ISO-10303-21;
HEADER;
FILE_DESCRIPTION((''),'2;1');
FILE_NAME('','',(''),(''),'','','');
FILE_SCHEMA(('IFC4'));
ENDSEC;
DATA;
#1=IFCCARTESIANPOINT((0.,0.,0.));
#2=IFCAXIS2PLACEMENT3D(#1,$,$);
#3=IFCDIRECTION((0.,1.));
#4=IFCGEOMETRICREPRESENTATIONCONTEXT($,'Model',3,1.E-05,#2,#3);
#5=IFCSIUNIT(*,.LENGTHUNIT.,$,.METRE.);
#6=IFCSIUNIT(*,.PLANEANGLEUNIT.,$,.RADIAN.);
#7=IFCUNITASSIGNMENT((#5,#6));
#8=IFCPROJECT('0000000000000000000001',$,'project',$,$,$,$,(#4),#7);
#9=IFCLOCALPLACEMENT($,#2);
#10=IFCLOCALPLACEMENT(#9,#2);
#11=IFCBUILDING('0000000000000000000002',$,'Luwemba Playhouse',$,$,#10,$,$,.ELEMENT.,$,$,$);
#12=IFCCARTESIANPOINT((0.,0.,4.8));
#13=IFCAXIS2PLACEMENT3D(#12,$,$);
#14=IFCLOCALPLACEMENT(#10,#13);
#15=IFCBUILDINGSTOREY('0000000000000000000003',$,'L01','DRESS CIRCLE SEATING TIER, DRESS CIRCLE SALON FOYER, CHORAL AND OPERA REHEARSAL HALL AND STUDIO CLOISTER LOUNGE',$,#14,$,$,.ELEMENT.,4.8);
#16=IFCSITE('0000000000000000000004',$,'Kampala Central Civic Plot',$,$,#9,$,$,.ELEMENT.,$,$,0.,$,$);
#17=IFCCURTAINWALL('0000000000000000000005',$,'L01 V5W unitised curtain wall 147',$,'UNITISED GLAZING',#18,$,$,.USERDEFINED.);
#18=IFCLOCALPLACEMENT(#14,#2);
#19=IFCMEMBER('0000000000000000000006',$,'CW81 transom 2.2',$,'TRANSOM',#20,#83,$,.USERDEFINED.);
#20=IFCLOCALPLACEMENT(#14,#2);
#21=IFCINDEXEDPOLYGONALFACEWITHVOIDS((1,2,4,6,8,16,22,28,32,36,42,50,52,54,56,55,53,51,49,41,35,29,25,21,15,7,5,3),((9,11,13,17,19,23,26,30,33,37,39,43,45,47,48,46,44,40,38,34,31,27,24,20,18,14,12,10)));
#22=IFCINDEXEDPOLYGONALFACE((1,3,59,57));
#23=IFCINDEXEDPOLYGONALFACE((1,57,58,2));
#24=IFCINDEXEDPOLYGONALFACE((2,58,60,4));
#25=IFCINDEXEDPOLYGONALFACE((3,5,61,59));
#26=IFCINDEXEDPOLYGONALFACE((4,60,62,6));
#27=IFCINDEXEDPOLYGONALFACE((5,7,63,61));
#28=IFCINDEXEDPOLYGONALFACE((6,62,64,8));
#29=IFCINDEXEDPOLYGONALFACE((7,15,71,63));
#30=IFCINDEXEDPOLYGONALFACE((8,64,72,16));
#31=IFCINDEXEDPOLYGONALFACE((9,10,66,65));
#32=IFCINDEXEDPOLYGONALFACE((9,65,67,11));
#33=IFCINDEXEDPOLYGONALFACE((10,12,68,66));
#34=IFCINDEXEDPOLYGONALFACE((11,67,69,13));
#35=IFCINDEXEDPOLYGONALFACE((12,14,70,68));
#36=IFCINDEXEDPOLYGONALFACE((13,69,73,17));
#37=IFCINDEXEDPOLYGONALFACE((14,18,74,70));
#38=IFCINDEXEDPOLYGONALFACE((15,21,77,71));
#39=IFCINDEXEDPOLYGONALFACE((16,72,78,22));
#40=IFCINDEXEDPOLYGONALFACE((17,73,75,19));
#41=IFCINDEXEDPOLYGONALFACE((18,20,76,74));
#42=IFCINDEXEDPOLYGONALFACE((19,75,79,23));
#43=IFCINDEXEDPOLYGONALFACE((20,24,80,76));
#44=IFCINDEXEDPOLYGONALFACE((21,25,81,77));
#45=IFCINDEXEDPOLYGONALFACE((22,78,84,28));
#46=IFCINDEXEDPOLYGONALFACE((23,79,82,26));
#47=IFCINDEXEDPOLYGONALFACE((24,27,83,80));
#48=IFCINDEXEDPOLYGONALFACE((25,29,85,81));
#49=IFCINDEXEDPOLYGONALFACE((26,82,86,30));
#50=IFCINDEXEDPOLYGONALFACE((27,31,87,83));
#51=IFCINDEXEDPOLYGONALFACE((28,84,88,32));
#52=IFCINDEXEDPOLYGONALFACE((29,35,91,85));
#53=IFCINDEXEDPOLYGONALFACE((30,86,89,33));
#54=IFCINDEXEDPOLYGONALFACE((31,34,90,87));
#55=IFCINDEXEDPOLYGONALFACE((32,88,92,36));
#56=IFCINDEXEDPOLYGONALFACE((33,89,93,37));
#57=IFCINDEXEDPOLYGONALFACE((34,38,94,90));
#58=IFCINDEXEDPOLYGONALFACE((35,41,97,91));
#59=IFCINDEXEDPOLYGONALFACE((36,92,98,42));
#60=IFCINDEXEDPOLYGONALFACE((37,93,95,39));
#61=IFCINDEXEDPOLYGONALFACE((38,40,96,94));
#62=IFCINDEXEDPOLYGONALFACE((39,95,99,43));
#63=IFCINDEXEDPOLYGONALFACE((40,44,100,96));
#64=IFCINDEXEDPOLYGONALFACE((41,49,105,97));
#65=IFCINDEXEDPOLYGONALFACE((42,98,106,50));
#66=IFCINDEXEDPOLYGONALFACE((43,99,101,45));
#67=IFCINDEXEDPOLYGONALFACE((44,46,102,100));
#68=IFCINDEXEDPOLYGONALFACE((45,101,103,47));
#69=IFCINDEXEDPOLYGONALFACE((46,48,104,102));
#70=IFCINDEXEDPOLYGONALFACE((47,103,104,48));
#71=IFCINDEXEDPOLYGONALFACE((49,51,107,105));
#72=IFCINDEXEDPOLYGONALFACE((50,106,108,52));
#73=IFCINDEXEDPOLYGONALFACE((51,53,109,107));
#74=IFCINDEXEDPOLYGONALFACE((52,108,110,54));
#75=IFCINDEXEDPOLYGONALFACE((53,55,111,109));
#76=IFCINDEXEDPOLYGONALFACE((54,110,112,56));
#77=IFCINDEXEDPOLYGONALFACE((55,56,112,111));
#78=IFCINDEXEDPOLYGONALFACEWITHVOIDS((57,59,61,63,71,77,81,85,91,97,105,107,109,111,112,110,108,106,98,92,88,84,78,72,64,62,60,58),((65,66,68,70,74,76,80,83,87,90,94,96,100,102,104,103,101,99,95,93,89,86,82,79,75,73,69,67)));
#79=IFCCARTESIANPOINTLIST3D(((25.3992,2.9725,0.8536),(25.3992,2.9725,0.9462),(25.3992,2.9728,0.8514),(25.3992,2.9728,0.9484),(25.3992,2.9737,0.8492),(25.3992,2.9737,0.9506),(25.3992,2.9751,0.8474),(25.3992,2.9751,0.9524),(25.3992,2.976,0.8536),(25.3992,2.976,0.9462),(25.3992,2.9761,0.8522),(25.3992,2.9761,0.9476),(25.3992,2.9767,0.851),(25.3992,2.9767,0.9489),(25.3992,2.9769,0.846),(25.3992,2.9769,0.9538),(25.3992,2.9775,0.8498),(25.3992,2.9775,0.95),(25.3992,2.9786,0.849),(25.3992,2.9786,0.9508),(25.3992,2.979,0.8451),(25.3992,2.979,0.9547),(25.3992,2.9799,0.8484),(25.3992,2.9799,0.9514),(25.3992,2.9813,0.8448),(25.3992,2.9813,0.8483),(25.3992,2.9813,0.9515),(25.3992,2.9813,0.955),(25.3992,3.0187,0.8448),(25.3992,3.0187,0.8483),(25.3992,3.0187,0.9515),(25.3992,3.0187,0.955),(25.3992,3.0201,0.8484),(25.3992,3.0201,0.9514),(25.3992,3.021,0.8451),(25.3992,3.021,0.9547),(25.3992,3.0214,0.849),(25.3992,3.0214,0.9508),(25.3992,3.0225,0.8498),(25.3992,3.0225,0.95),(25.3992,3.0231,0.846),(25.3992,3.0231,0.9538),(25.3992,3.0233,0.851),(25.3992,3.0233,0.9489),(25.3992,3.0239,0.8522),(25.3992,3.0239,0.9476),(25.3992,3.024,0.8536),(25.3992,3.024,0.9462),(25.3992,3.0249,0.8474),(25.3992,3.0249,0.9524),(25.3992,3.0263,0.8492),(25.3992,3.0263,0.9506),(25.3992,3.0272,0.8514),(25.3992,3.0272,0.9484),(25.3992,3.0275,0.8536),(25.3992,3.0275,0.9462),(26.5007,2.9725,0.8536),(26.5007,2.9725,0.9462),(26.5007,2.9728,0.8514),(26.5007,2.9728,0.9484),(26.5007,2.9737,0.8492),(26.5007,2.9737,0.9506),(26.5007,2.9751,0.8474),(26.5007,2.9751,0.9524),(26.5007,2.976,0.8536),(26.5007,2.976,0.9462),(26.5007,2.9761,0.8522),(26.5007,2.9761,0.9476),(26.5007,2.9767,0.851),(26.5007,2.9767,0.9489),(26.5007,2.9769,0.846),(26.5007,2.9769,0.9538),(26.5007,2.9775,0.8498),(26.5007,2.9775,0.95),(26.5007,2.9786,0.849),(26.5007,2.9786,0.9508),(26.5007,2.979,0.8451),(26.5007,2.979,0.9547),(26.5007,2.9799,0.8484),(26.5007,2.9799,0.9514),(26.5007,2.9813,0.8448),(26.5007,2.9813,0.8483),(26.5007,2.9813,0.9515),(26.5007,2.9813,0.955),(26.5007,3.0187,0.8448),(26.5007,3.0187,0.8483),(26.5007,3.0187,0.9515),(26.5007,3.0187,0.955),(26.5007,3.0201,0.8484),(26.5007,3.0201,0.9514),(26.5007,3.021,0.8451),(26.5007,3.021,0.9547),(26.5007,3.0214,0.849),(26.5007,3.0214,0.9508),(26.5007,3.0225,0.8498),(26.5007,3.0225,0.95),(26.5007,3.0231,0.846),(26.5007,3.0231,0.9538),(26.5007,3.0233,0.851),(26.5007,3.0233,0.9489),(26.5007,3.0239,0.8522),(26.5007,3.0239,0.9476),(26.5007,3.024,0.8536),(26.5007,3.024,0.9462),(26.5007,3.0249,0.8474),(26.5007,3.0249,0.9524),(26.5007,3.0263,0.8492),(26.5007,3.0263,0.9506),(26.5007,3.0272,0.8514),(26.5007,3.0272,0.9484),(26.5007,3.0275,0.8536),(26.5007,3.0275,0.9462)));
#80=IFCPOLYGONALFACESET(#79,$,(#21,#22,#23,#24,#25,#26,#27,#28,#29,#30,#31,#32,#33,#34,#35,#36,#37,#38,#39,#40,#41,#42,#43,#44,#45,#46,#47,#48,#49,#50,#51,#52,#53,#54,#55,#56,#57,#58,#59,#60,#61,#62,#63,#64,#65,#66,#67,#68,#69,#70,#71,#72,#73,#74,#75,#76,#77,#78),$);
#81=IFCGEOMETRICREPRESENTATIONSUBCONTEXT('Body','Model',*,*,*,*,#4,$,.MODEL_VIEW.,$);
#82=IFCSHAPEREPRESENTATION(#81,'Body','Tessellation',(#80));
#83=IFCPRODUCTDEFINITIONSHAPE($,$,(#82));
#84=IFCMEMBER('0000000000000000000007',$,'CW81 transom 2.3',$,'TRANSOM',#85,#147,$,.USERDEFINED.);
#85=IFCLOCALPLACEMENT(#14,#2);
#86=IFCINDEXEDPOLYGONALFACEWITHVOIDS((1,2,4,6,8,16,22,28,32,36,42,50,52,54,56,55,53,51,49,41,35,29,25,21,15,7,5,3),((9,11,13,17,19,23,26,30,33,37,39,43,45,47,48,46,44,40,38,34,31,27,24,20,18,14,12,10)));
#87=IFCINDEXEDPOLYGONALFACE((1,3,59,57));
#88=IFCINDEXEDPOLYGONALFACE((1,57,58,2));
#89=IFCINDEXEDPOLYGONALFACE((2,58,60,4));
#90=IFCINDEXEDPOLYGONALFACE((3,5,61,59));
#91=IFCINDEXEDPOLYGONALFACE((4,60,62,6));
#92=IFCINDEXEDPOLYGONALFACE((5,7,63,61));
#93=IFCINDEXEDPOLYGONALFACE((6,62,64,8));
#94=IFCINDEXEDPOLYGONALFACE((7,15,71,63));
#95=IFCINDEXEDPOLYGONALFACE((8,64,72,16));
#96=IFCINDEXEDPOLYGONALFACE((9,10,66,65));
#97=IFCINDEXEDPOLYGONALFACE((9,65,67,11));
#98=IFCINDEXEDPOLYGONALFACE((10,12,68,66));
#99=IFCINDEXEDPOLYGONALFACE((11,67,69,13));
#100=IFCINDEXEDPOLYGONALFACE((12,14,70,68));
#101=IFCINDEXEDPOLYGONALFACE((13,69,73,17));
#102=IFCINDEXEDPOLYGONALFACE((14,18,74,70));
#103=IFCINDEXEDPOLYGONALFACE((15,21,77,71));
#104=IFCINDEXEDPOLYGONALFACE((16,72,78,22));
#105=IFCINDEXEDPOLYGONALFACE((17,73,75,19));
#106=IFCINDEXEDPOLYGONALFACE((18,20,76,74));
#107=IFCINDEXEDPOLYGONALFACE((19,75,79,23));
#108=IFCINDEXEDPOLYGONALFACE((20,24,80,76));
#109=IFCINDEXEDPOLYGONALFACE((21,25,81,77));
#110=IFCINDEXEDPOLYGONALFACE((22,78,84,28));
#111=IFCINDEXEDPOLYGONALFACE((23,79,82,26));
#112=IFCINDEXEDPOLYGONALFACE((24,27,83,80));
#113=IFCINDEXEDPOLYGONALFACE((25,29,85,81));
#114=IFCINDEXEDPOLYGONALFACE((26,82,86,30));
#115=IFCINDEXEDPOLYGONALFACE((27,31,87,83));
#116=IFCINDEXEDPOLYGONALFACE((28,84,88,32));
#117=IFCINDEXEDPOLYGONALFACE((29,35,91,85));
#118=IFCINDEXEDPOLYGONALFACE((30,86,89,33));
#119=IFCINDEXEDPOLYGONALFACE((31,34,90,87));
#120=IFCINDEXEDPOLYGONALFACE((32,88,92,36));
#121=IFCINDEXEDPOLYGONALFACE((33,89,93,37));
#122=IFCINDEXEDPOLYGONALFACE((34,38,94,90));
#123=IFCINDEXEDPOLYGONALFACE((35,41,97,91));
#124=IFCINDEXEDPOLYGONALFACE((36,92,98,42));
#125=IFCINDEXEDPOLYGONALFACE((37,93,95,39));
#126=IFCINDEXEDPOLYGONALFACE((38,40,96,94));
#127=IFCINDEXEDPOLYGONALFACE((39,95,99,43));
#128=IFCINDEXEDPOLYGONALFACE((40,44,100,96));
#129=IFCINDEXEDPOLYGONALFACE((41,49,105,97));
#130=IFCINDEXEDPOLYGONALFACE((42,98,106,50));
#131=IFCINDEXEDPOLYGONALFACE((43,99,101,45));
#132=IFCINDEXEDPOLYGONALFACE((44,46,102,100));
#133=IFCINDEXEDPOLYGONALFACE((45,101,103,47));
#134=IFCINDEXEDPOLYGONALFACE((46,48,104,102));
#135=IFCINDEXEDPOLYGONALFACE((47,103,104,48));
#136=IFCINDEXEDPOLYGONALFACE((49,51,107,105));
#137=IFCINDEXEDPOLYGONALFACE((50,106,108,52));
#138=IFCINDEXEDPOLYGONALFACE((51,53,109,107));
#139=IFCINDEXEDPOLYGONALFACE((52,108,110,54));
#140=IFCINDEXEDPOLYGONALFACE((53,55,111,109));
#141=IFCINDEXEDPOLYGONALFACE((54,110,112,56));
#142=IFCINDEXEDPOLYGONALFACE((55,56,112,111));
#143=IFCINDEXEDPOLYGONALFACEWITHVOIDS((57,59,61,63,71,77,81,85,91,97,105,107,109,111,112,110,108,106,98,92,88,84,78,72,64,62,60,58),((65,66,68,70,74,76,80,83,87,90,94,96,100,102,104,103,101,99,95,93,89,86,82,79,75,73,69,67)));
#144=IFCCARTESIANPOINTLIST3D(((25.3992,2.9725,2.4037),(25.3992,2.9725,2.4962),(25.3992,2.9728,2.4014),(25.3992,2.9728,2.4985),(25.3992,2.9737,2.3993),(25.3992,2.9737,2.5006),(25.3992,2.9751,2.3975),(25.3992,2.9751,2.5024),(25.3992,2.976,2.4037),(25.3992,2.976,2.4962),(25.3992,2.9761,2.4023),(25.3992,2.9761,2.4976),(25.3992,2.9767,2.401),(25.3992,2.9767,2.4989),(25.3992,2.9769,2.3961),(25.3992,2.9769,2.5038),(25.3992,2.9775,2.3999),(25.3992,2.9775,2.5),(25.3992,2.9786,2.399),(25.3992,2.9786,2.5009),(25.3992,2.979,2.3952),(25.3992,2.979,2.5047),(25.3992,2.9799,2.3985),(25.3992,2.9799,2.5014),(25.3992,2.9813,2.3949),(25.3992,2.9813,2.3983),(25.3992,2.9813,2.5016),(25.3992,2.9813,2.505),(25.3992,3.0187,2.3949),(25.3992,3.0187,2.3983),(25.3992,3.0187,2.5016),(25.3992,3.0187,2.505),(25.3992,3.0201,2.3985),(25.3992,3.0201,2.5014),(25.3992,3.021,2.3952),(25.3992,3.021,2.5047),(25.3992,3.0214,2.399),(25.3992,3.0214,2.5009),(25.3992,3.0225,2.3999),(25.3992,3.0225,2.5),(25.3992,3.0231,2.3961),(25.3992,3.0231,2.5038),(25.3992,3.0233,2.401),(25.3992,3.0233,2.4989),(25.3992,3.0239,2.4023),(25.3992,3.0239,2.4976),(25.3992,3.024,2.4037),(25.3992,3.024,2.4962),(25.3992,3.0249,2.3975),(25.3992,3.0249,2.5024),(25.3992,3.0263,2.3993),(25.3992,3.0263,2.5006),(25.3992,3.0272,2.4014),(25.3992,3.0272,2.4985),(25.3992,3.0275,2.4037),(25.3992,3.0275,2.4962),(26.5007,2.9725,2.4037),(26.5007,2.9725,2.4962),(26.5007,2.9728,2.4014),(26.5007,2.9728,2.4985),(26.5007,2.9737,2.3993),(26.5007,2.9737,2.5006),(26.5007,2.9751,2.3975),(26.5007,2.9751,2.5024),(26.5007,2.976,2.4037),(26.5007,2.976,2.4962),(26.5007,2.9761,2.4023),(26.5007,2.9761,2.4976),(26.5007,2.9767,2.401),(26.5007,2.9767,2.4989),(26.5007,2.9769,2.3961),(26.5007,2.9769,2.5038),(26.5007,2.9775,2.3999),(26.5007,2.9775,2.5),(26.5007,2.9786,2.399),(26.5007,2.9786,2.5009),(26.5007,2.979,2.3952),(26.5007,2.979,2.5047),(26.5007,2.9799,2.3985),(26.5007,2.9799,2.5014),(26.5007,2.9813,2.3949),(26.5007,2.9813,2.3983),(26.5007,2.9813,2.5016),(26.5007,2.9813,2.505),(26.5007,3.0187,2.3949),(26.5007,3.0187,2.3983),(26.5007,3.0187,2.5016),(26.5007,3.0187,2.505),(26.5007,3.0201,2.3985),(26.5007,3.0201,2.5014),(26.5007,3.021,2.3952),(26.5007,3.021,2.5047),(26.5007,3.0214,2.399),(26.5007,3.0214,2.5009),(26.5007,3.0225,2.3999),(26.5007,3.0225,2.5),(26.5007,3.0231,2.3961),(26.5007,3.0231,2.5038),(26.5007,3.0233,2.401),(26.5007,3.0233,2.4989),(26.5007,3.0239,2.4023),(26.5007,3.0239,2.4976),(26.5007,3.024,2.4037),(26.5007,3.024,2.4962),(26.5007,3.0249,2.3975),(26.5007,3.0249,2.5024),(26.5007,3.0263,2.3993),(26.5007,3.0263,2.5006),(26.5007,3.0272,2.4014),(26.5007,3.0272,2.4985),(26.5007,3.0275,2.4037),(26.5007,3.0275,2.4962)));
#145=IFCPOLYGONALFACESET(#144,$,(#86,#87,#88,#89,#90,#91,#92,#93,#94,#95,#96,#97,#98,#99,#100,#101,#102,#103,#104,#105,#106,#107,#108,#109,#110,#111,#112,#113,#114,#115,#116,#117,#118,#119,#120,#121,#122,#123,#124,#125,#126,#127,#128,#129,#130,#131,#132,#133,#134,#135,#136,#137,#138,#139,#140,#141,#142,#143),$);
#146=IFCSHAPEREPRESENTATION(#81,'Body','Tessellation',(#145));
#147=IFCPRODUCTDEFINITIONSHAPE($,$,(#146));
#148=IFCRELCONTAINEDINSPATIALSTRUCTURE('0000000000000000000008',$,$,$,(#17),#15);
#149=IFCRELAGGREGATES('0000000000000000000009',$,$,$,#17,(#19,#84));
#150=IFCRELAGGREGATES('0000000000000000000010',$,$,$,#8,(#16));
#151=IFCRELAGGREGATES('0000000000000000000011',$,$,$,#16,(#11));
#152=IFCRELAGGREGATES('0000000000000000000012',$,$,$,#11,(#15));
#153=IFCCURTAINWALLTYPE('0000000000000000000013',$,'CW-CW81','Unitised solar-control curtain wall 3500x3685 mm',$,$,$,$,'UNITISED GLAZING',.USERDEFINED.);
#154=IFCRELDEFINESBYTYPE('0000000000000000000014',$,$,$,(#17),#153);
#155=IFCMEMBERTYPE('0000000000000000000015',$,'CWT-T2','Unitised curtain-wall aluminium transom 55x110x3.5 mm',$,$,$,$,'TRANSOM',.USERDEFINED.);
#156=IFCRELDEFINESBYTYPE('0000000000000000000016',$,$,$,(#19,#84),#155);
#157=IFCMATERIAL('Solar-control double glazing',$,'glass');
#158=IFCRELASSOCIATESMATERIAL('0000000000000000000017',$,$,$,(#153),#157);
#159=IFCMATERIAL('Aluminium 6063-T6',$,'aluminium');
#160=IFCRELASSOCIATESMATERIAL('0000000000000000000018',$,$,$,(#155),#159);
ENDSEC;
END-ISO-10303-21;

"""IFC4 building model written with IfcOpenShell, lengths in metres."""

from ifc_helpers import new_model, si_unit, direction, frame, origin, origin_2d, place, context, subcontext, project, spatial, hollow_rectangle, extrude, material, material_profile, profile_set, type_object, element, aggregate, save


model = new_model("IFC4")

# Units and contexts
model_context = context("Model", 3, precision=1e-05, world=origin(), true_north=direction((0.0, 1.0)))
body_context = subcontext(model_context, "Body", "Model", "MODEL_VIEW")
ifc_project = project(units=[si_unit("LENGTHUNIT", "METRE"), si_unit("PLANEANGLEUNIT", "RADIAN")], contexts=[model_context])

# Site, building, storey
site_placement = place(None, origin())
site = spatial("IfcSite", under=ifc_project, at=site_placement, Name="Kampala Central Civic Plot", CompositionType="ELEMENT", RefElevation=0.0)
building_placement = place(site_placement, origin())
building = spatial("IfcBuilding", under=site, at=building_placement, Name="Luwemba Playhouse", CompositionType="ELEMENT")
storey_placement = place(building_placement, frame((0.0, 0.0, 4.8)))
storey = spatial("IfcBuildingStorey", under=building, at=storey_placement, Name="L01", Description="DRESS CIRCLE SEATING TIER, DRESS CIRCLE SALON FOYER, CHORAL AND OPERA REHEARSAL HALL AND STUDIO CLOISTER LOUNGE", CompositionType="ELEMENT", Elevation=4.8)

# Shared definitions
ifc_material_1 = material(Name="Solar-control double glazing", Category="glass")
ifc_material_2 = material(Name="Aluminium 6063-T6", Category="aluminium")

# Curtain wall, members
curtain_wall_type_1 = type_object("IfcCurtainWallType", Name="CW-CW81", Description="Unitised solar-control curtain wall 3500x3685 mm", ElementType="UNITISED GLAZING", PredefinedType="USERDEFINED", material=ifc_material_1)
curtain_wall_1_placement = place(storey_placement, origin())
curtain_wall_1 = element("IfcCurtainWall", 1, at=curtain_wall_1_placement, inside=storey, type_object=curtain_wall_type_1, Name="L01 V5W unitised curtain wall 147", ObjectType="UNITISED GLAZING", PredefinedType="USERDEFINED")
ifc_material_profile_1 = material_profile(ifc_material_2, hollow_rectangle(XDim=0.0549, YDim=0.1101, WallThickness=0.0034, InnerFilletRadius=0.0054, OuterFilletRadius=0.0088, at=origin_2d()))
ifc_profile_set_1 = profile_set([ifc_material_profile_1], Name="Aluminium 6063-T6")
member_type_1 = type_object("IfcMemberType", Name="CWT-T2", Description="Unitised curtain-wall aluminium transom 55x110x3.5 mm", ElementType="TRANSOM", PredefinedType="USERDEFINED", material=ifc_profile_set_1)
member_1_placement = place(storey_placement, frame((26.5007, 3.0, 0.8999), z_axis=(-1.0, 0.0, 0.0), x_axis=(0.0, -1.0, 0.0)))
member_1 = element("IfcMember", 2, at=member_1_placement, type_object=member_type_1, Name="CW81 transom 2.2", ObjectType="TRANSOM", PredefinedType="USERDEFINED", context=body_context, shape_type="SweptSolid", body=[
    extrude(hollow_rectangle(XDim=0.0549, YDim=0.1101, WallThickness=0.0034, InnerFilletRadius=0.0054, OuterFilletRadius=0.0088, at=origin_2d()), origin(), (0.0, 0.0, 1.0), 1.1016),
])
member_2_placement = place(storey_placement, frame((26.5007, 3.0, 2.45), z_axis=(-1.0, 0.0, 0.0), x_axis=(0.0, -1.0, 0.0)))
member_2 = element("IfcMember", 3, at=member_2_placement, type_object=member_type_1, Name="CW81 transom 2.3", ObjectType="TRANSOM", PredefinedType="USERDEFINED", context=body_context, shape_type="SweptSolid", body=[
    extrude(hollow_rectangle(XDim=0.0549, YDim=0.1101, WallThickness=0.0034, InnerFilletRadius=0.0054, OuterFilletRadius=0.0088, at=origin_2d()), origin(), (0.0, 0.0, 1.0), 1.1016),
])
aggregate(curtain_wall_1, [member_1, member_2])

save(model, "model.ifc")
